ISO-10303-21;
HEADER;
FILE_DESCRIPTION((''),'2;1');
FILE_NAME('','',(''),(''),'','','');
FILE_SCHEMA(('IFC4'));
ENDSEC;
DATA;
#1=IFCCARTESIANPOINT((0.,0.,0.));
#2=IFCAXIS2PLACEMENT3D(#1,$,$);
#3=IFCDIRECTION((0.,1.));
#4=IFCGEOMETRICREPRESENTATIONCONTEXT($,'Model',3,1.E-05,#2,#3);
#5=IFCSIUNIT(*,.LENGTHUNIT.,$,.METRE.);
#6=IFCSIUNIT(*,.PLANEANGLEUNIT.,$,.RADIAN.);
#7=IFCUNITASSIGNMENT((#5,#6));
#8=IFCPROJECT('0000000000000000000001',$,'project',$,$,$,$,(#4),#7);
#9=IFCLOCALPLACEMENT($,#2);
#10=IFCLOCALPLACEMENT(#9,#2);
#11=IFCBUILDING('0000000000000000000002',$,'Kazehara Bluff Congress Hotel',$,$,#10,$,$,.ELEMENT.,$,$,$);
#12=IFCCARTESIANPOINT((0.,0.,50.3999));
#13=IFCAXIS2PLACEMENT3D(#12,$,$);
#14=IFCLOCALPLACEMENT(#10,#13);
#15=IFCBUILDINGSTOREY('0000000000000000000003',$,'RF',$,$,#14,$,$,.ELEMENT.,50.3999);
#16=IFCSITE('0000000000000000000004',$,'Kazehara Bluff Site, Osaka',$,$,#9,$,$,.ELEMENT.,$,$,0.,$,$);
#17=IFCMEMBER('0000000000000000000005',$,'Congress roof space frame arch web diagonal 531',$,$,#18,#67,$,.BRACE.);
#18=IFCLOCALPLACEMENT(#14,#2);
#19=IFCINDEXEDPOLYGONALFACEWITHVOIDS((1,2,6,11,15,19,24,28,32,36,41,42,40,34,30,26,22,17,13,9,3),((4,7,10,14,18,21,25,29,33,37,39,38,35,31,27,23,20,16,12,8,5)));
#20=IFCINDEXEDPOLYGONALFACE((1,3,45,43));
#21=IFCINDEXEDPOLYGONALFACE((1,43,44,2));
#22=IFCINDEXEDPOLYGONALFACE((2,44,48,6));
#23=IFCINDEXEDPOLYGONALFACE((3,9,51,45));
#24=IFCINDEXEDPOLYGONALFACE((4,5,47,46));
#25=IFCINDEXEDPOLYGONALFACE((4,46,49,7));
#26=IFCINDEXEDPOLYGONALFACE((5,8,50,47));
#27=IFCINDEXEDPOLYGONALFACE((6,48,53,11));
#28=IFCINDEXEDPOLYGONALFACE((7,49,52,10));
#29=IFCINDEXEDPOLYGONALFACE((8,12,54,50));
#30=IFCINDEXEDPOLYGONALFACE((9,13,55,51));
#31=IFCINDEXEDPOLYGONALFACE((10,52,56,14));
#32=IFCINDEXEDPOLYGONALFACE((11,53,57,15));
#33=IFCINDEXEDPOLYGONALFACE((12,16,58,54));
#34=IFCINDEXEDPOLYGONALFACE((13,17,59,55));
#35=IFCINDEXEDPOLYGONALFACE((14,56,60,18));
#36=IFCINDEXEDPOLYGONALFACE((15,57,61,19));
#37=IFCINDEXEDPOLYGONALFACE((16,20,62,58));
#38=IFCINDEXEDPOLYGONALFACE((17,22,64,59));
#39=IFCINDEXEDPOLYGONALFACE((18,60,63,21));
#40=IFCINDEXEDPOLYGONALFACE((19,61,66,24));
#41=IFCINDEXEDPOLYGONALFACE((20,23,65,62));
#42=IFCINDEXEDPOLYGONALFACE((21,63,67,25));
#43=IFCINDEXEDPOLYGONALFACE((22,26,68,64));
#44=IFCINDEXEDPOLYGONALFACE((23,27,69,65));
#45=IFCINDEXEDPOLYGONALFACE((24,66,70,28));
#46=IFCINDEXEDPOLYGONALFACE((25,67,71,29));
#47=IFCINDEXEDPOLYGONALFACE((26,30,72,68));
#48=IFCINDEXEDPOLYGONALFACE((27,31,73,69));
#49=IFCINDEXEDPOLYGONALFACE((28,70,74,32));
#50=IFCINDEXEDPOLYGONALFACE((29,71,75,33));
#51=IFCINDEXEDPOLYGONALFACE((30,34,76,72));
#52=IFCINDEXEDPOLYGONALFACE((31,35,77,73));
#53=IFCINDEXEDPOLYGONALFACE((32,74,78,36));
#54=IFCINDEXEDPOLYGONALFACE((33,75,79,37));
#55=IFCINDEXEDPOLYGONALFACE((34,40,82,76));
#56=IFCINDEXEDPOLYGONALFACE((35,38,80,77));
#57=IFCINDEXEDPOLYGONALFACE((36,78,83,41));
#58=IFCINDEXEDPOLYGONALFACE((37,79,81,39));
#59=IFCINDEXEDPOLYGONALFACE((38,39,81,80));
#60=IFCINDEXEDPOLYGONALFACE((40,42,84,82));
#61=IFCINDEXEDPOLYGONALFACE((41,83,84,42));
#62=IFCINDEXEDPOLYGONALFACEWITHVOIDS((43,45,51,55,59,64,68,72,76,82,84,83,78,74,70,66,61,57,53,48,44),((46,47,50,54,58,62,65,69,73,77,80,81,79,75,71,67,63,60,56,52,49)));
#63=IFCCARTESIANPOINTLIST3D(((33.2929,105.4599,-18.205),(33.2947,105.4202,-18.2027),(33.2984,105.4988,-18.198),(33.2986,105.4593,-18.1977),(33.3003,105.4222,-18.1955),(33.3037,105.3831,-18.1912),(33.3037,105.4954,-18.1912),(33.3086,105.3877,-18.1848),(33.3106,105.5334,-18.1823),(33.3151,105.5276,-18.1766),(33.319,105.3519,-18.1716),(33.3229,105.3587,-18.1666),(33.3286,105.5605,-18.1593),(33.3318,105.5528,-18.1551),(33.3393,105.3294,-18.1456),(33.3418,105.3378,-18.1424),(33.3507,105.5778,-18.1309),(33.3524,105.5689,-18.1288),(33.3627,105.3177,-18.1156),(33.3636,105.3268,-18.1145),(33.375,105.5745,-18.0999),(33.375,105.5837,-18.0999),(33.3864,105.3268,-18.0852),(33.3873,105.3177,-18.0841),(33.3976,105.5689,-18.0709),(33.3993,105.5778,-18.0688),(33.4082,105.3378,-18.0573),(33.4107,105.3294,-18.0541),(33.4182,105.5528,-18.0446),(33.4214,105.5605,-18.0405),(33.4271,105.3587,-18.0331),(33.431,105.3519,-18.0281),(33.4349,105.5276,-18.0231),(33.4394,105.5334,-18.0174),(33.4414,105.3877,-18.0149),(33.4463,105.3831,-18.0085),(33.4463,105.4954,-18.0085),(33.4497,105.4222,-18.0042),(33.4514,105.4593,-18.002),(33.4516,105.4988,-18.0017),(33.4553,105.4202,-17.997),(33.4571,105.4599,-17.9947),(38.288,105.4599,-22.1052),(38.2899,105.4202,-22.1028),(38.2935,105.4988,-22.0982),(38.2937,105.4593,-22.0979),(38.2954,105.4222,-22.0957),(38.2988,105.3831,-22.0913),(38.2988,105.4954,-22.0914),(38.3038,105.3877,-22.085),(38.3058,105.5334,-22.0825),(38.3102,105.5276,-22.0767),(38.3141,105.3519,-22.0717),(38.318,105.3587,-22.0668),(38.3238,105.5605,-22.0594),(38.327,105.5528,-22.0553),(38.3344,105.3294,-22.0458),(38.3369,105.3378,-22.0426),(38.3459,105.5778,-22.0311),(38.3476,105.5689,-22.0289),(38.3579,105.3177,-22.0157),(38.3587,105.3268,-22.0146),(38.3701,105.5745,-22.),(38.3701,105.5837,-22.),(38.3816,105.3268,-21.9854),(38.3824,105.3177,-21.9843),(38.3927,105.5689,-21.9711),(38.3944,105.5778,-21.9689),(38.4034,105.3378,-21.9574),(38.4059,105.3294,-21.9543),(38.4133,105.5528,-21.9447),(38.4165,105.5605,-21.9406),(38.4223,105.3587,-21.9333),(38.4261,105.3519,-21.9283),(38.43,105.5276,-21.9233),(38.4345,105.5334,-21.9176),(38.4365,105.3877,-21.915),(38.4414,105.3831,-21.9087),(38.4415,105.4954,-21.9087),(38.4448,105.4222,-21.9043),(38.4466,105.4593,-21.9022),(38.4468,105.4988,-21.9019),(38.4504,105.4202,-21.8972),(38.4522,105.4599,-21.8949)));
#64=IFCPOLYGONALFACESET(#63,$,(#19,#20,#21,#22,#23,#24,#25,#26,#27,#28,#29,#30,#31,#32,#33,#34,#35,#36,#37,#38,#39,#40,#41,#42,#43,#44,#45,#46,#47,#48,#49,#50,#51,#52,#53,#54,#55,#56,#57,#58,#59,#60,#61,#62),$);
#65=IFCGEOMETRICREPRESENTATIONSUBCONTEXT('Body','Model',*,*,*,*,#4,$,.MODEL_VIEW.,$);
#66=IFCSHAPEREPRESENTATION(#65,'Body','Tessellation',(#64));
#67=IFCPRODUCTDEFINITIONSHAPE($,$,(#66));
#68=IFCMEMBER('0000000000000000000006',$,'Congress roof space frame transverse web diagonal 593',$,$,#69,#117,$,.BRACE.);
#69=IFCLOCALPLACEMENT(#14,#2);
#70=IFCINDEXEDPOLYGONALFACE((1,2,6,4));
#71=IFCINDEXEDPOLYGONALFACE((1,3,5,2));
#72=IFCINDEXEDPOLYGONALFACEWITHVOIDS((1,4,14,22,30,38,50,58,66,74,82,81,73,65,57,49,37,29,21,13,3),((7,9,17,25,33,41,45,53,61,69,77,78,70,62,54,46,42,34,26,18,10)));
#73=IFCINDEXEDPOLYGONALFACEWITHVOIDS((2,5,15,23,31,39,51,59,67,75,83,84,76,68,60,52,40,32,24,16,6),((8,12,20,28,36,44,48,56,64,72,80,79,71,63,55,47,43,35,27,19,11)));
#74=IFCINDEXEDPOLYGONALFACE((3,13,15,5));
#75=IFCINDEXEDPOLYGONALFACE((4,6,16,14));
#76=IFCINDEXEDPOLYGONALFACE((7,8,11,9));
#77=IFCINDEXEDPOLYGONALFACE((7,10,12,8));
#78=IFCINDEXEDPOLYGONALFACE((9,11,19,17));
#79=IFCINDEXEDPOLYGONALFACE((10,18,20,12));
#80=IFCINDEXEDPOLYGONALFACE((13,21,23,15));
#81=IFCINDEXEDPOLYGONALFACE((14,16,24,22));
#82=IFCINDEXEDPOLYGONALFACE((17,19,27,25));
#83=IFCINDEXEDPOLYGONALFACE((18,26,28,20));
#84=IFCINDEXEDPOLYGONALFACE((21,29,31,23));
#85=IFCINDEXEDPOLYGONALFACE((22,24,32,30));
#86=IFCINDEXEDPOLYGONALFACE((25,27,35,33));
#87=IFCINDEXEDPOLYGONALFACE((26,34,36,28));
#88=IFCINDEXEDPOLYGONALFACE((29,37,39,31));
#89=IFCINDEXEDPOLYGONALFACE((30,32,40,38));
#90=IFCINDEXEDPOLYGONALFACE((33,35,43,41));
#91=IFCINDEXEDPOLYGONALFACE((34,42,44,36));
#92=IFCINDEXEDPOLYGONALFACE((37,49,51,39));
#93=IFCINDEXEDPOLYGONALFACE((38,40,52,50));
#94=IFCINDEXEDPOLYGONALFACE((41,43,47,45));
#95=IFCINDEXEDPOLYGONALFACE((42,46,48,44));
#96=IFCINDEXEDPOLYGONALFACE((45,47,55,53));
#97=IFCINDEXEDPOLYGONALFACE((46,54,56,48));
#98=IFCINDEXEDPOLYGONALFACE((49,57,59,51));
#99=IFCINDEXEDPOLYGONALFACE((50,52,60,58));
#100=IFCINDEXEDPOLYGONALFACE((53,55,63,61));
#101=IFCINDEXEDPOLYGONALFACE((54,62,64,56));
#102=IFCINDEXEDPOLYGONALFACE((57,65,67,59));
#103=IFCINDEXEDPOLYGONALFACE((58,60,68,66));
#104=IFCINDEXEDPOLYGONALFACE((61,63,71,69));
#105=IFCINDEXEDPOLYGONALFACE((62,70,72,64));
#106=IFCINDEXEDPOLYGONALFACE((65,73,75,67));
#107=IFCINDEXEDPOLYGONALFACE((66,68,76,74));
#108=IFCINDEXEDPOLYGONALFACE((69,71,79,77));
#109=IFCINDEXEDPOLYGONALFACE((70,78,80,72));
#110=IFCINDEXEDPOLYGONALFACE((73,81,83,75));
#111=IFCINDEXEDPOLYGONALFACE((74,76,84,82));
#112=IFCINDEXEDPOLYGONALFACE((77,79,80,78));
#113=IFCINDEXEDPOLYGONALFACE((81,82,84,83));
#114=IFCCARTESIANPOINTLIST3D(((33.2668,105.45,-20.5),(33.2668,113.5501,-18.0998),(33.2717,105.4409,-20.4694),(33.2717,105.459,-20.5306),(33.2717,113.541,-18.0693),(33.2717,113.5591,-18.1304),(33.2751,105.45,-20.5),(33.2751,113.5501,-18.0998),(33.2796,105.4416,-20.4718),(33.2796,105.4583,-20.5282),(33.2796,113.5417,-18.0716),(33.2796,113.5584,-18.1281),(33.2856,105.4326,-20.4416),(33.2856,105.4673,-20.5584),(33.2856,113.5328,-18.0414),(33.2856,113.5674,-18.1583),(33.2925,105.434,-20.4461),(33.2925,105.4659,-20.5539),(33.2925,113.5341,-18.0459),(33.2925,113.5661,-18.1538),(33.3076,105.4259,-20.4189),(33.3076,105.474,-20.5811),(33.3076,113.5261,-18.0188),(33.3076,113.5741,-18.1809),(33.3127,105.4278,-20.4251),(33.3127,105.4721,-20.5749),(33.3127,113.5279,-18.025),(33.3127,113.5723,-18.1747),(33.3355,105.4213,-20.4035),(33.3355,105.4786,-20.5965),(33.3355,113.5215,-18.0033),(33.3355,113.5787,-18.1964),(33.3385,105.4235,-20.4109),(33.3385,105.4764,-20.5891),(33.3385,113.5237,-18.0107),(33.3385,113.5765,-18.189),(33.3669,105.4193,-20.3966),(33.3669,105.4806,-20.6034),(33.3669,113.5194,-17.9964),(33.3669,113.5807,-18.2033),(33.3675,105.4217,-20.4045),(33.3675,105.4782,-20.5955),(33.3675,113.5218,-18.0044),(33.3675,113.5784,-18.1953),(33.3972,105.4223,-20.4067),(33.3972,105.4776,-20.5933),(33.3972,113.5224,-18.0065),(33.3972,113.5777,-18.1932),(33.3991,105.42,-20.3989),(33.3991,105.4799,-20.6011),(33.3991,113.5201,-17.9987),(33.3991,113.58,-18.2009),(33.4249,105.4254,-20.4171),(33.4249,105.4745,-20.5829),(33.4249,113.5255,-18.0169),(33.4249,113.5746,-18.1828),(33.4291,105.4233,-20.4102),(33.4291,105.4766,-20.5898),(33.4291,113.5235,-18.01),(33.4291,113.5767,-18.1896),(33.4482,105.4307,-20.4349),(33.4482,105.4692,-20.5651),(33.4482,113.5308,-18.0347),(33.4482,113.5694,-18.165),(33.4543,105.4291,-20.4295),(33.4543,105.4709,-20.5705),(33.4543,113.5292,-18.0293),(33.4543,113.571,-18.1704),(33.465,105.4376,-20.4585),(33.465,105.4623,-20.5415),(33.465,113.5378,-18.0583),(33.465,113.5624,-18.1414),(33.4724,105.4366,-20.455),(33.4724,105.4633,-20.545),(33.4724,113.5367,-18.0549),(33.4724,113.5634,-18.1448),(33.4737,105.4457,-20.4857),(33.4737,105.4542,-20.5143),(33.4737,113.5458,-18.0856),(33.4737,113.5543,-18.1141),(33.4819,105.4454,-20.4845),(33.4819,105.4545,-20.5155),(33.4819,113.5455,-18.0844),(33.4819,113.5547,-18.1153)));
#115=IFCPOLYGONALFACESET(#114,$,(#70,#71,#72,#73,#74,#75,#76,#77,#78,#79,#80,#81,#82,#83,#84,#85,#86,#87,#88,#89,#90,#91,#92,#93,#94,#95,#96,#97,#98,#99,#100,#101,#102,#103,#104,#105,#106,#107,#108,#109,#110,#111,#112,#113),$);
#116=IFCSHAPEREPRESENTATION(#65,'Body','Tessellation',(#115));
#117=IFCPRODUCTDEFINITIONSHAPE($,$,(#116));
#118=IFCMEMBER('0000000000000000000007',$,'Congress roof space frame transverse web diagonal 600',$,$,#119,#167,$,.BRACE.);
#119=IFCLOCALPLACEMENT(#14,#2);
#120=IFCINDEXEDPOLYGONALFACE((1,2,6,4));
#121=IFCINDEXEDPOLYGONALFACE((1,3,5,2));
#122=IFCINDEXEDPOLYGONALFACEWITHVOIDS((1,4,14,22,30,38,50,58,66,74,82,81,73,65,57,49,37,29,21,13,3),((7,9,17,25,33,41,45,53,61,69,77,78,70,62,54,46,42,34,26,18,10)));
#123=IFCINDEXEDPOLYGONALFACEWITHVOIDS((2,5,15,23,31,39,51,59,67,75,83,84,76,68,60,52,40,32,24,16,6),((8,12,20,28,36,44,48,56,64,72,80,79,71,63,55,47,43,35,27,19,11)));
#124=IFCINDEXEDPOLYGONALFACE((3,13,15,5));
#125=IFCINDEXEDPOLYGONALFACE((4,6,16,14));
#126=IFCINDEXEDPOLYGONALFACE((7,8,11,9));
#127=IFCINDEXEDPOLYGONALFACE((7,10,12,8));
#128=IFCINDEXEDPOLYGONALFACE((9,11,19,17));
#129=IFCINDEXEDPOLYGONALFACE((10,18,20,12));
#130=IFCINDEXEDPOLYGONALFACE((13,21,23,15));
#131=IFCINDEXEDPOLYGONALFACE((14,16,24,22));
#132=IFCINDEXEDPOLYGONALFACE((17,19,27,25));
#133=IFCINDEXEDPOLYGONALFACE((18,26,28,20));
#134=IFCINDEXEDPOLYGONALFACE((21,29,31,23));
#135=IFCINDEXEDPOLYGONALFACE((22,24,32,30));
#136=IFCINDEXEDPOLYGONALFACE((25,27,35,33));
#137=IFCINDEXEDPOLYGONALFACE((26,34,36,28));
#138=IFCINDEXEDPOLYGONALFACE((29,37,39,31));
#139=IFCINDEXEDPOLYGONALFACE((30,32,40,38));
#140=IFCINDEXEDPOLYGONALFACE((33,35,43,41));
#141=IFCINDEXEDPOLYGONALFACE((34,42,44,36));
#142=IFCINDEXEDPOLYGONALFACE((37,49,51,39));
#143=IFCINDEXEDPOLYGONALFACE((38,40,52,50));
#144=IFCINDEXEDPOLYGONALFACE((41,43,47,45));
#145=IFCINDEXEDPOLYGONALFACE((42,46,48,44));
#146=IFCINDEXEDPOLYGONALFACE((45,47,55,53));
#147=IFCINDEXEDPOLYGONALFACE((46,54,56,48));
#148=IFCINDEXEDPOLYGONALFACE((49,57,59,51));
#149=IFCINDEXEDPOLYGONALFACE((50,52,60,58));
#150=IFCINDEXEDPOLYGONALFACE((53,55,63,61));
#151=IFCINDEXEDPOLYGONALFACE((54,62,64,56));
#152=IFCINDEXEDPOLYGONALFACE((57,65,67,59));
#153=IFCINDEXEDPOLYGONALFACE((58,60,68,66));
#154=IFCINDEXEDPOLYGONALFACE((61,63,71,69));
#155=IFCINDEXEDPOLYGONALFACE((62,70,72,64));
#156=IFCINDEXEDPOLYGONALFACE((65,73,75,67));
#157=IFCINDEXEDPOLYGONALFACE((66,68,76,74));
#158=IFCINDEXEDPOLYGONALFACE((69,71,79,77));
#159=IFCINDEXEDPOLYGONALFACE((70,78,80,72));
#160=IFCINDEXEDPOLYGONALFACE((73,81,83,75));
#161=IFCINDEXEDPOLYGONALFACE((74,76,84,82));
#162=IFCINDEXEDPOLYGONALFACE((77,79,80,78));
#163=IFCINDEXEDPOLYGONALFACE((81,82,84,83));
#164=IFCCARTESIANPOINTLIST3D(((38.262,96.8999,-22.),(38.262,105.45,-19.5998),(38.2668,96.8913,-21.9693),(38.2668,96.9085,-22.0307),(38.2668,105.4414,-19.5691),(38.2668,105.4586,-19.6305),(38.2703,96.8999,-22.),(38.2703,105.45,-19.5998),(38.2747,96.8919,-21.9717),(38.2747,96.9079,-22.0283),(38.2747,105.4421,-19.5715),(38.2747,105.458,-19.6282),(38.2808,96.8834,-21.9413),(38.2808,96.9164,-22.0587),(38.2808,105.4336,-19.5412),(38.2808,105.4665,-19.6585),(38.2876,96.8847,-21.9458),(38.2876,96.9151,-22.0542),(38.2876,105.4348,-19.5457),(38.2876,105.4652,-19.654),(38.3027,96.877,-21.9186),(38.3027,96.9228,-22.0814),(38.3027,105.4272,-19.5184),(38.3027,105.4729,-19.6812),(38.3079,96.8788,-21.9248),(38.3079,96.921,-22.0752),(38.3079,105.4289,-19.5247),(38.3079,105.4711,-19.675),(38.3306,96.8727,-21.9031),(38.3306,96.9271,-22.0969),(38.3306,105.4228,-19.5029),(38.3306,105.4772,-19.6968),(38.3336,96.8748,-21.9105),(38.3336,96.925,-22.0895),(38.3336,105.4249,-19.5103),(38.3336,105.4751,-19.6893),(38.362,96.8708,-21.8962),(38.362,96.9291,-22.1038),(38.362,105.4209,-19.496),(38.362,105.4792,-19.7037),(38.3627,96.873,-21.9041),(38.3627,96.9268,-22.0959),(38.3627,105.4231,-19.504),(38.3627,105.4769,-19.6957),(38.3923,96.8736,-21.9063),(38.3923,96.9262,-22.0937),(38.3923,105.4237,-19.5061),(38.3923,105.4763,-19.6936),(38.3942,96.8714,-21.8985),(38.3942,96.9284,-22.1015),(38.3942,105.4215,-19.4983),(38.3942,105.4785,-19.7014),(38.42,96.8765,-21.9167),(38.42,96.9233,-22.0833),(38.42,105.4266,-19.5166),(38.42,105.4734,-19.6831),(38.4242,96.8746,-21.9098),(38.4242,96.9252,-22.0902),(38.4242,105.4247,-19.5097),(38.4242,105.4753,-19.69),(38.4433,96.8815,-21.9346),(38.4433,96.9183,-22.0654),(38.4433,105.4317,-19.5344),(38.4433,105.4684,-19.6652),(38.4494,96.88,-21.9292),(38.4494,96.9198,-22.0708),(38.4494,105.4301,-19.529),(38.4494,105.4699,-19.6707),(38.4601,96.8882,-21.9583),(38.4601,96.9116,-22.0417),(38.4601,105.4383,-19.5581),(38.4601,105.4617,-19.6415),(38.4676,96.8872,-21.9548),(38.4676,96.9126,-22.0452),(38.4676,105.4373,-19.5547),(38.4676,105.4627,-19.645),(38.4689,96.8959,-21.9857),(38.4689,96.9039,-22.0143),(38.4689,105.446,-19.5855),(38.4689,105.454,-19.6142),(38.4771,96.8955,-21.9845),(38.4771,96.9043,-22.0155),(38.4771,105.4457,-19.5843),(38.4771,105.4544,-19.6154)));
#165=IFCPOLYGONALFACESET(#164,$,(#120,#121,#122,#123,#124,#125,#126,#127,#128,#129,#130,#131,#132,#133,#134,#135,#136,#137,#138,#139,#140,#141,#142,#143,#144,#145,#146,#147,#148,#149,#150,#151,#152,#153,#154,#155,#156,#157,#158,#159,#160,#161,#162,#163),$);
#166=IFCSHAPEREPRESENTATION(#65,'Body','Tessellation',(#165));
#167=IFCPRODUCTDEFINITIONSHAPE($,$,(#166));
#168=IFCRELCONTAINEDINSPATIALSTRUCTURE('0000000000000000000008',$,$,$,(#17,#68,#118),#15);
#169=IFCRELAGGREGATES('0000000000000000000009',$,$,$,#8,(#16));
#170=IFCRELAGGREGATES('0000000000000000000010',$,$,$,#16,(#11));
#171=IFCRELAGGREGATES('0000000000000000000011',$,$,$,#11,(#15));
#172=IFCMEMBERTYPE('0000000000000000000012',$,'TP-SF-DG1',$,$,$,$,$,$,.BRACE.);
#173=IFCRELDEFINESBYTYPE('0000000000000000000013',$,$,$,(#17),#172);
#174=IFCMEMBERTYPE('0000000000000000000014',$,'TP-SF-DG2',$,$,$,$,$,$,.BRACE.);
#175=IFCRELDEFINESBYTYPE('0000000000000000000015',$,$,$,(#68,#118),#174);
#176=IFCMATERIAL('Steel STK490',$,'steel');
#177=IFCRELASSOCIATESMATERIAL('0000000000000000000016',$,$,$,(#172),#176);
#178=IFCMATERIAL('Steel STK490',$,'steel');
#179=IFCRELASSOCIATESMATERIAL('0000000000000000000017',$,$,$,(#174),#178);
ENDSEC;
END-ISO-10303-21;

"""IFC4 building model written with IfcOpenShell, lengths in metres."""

from ifc_helpers import new_model, si_unit, direction, frame, origin, origin_2d, place, context, subcontext, project, spatial, hollow_circle, extrude, material, material_profile, profile_set, type_object, element, save


model = new_model("IFC4")

# Units and contexts
model_context = context("Model", 3, precision=1e-05, world=origin(), true_north=direction((0.0, 1.0)))
body_context = subcontext(model_context, "Body", "Model", "MODEL_VIEW")
ifc_project = project(units=[si_unit("LENGTHUNIT", "METRE"), si_unit("PLANEANGLEUNIT", "RADIAN")], contexts=[model_context])

# Site, building, storey
site_placement = place(None, origin())
site = spatial("IfcSite", under=ifc_project, at=site_placement, Name="Kazehara Bluff Site, Osaka", CompositionType="ELEMENT", RefElevation=0.0)
building_placement = place(site_placement, origin())
building = spatial("IfcBuilding", under=site, at=building_placement, Name="Kazehara Bluff Congress Hotel", CompositionType="ELEMENT")
storey_placement = place(building_placement, frame((0.0, 0.0, 50.3999)))
storey = spatial("IfcBuildingStorey", under=building, at=storey_placement, Name="RF", CompositionType="ELEMENT", Elevation=50.3999)

# Members
ifc_material_1 = material(Name="Steel STK490", Category="steel")
ifc_material_profile_1 = material_profile(ifc_material_1, hollow_circle(Radius=0.1338, WallThickness=0.0093, at=origin_2d()))
ifc_profile_set_1 = profile_set([ifc_material_profile_1], Name="Steel STK490")
member_type_1 = type_object("IfcMemberType", Name="TP-SF-DG1", PredefinedType="BRACE", material=ifc_profile_set_1)
member_1_placement = place(storey_placement, frame((33.375, 105.45, -18.0999), z_axis=(0.7882, 0.0, -0.61542), x_axis=(0.0, 1.0, 0.0)))
element("IfcMember", 1, at=member_1_placement, inside=storey, type_object=member_type_1, Name="Congress roof space frame arch web diagonal 531", PredefinedType="BRACE", context=body_context, shape_type="SweptSolid", body=[
    extrude(hollow_circle(Radius=0.1338, WallThickness=0.0093, at=origin_2d()), origin(), (0.0, 0.0, 1.0), 6.3374),
])
ifc_material_2 = material(Name="Steel STK490", Category="steel")
ifc_material_profile_2 = material_profile(ifc_material_2, hollow_circle(Radius=0.1082, WallThickness=0.0083, at=origin_2d()))
ifc_profile_set_2 = profile_set([ifc_material_profile_2], Name="Steel STK490")
member_type_2 = type_object("IfcMemberType", Name="TP-SF-DG2", PredefinedType="BRACE", material=ifc_profile_set_2)
member_2_placement = place(storey_placement, frame((33.375, 105.45, -20.5), z_axis=(0.0, 0.958794, 0.284101), x_axis=(-1.0, 0.0, 0.0)))
element("IfcMember", 2, at=member_2_placement, inside=storey, type_object=member_type_2, Name="Congress roof space frame transverse web diagonal 593", PredefinedType="BRACE", context=body_context, shape_type="SweptSolid", body=[
    extrude(hollow_circle(Radius=0.1082, WallThickness=0.0083, at=origin_2d()), origin(), (0.0, 0.0, 1.0), 8.4482),
])
member_3_placement = place(storey_placement, frame((38.3701, 96.8999, -22.0), z_axis=(0.0, 0.962784, 0.27027), x_axis=(-1.0, 0.0, 0.0)))
element("IfcMember", 3, at=member_3_placement, inside=storey, type_object=member_type_2, Name="Congress roof space frame transverse web diagonal 600", PredefinedType="BRACE", context=body_context, shape_type="SweptSolid", body=[
    extrude(hollow_circle(Radius=0.1082, WallThickness=0.0083, at=origin_2d()), origin(), (0.0, 0.0, 1.0), 8.8806),
])

save(model, "model.ifc")
